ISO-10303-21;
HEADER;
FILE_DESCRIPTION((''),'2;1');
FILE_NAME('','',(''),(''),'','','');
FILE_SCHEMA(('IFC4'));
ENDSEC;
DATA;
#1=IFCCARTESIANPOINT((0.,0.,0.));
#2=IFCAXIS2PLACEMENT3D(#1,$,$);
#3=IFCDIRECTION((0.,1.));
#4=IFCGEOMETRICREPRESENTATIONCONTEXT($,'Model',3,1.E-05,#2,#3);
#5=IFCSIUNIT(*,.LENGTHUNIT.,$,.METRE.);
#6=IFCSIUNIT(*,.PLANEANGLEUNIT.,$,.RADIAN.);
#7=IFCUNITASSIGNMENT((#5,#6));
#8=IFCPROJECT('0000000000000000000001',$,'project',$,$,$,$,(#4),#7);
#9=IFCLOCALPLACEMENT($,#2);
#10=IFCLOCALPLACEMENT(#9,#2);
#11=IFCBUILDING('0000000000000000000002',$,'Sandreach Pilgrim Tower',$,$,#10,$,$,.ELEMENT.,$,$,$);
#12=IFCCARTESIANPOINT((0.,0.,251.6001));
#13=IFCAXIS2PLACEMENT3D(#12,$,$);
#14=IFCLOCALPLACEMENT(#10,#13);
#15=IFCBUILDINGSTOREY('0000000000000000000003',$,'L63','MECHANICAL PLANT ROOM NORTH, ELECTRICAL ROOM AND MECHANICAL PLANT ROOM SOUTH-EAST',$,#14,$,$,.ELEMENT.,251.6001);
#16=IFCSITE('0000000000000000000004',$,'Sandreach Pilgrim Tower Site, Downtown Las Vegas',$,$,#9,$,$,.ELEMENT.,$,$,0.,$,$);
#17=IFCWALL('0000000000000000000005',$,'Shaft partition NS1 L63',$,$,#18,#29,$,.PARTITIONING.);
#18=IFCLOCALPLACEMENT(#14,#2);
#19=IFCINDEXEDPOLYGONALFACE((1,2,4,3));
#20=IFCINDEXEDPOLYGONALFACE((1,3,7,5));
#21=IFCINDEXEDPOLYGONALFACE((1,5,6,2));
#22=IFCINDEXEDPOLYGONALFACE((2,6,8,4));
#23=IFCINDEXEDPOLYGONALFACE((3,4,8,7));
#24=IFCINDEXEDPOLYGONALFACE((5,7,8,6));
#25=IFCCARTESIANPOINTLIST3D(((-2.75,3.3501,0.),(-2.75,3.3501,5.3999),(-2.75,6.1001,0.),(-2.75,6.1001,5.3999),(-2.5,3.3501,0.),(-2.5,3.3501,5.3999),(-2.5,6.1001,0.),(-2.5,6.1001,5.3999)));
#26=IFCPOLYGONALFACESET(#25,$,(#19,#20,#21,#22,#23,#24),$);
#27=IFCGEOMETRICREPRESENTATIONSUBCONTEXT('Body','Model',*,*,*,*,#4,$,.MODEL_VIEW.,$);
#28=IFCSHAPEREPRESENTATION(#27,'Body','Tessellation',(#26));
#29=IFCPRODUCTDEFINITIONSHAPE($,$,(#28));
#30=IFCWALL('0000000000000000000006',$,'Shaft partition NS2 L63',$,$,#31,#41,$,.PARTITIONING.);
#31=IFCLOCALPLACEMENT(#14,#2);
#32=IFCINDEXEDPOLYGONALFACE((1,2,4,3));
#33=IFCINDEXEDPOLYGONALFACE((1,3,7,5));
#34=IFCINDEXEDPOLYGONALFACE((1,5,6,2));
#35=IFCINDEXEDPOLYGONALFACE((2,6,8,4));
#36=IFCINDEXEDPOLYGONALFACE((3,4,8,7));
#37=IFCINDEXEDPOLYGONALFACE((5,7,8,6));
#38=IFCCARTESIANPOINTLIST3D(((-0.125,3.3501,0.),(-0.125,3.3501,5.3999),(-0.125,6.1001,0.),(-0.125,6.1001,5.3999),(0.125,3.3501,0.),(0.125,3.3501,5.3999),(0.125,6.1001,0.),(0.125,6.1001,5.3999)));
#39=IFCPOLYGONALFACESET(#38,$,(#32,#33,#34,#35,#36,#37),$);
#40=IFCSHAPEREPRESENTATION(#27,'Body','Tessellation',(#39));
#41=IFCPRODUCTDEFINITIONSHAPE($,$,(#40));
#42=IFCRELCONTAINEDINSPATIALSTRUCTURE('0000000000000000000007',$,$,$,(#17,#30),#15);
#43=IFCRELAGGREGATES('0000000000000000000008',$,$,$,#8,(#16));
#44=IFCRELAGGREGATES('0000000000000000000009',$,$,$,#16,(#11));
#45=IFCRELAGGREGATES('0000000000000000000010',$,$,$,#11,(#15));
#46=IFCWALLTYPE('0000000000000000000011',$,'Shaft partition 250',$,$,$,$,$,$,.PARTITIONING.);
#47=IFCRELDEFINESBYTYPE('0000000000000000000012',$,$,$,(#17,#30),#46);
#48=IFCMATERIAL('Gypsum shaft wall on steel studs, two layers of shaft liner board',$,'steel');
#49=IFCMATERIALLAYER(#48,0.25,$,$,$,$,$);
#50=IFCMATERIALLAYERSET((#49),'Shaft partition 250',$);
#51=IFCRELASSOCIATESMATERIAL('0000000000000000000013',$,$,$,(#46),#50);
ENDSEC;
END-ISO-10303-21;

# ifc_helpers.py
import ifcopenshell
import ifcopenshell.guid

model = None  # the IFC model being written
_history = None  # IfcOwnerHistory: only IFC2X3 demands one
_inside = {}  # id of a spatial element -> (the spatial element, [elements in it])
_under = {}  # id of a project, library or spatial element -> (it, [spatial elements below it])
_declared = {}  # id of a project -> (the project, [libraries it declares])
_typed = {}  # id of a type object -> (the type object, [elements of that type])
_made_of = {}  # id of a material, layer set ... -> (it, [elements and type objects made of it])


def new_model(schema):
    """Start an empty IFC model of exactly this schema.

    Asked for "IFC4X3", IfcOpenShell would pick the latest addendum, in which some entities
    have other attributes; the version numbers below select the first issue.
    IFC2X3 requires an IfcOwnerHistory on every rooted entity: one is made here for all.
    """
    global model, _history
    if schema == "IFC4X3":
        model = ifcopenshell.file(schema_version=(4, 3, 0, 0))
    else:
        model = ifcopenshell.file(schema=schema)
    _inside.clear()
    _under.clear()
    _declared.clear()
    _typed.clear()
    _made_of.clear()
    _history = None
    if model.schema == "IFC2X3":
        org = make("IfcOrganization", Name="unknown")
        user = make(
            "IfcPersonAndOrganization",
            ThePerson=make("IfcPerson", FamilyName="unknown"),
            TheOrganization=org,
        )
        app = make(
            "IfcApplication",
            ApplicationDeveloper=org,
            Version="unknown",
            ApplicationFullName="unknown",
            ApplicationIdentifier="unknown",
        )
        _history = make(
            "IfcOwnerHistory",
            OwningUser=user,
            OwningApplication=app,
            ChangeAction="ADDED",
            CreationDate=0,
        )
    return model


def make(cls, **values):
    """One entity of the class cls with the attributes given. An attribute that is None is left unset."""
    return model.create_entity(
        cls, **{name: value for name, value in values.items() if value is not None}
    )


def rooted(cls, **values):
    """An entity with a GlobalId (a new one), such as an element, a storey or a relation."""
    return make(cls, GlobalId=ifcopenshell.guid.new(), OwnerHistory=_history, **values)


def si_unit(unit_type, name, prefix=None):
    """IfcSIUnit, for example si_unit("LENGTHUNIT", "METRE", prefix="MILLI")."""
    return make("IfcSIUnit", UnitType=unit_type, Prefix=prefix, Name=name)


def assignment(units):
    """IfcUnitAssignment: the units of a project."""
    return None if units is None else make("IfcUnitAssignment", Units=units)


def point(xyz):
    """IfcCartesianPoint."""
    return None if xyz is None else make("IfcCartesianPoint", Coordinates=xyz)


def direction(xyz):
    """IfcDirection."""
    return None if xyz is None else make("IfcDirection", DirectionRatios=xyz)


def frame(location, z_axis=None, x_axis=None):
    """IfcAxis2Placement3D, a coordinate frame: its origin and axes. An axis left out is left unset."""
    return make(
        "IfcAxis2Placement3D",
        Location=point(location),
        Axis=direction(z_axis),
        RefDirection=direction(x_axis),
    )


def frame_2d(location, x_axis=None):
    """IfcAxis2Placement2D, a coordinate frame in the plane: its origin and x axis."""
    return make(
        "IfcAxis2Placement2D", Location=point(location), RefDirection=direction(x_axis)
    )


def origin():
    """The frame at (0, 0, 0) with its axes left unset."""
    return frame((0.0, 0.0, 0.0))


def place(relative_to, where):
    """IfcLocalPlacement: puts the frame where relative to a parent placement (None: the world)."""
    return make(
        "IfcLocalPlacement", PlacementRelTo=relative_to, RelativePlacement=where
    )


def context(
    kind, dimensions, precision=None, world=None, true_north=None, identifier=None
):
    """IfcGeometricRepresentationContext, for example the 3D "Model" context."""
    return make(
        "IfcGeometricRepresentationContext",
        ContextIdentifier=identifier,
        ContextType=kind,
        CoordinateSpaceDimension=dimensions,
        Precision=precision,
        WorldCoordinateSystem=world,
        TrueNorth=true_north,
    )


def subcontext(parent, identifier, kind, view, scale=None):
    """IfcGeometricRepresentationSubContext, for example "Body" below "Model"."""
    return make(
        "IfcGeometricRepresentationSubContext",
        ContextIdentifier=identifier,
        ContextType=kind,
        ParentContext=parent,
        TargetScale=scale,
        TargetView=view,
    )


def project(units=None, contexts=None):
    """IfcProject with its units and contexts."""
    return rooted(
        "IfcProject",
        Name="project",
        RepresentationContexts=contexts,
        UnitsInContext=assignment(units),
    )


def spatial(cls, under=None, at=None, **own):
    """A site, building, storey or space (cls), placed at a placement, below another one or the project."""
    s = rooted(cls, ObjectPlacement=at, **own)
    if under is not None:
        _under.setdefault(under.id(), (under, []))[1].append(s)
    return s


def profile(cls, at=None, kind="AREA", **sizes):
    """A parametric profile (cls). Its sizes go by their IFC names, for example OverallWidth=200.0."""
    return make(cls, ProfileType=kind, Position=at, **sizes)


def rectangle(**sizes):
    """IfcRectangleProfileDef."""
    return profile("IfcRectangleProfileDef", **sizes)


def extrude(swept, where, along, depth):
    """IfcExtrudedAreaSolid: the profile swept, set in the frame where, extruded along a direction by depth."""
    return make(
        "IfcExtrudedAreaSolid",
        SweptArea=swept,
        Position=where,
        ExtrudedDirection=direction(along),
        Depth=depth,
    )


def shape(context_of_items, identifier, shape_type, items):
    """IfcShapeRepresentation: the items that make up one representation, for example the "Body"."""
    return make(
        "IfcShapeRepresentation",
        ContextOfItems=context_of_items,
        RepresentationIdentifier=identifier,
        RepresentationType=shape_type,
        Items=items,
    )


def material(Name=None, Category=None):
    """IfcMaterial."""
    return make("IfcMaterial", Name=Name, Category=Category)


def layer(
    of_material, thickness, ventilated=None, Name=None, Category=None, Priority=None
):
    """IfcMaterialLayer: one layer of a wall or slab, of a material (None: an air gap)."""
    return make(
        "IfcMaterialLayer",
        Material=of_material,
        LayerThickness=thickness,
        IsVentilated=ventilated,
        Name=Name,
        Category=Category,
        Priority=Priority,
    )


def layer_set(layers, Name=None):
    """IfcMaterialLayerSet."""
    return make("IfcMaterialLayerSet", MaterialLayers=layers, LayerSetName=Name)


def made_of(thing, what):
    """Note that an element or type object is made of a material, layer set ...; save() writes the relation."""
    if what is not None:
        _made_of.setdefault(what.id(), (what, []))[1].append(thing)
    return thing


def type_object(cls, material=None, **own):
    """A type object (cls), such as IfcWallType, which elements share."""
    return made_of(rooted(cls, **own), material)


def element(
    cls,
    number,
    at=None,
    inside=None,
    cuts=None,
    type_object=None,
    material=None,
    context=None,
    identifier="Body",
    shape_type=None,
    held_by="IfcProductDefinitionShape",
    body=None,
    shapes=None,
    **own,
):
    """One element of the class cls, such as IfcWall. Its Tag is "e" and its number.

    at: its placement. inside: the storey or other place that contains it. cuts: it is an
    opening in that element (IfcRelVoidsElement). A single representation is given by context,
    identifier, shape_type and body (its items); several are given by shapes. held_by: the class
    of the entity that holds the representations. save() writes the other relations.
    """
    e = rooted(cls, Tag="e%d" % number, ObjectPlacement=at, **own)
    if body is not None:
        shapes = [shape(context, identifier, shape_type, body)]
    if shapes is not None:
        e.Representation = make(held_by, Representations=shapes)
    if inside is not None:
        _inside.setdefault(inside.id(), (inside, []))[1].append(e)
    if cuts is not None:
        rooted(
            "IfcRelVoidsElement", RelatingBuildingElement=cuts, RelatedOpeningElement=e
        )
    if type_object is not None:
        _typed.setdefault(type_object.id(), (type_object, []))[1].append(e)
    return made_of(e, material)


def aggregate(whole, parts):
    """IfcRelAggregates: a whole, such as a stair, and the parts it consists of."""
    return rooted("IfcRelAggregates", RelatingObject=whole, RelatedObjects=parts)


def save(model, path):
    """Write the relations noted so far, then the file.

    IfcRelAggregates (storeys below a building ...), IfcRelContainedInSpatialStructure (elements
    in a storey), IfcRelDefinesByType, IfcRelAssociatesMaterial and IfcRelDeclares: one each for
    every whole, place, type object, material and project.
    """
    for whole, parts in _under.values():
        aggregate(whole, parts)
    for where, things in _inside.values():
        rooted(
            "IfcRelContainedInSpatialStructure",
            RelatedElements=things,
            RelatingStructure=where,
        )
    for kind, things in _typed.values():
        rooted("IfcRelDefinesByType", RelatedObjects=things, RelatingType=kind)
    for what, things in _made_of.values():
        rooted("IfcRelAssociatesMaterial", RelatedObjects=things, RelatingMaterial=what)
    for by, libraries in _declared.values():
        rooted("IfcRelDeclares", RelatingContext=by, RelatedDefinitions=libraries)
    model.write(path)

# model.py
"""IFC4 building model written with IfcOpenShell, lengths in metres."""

from ifc_helpers import new_model, si_unit, direction, frame, frame_2d, origin, place, context, subcontext, project, spatial, rectangle, extrude, material, layer, layer_set, type_object, element, save


model = new_model("IFC4")

# Units and contexts
model_context = context("Model", 3, precision=1e-05, world=origin(), true_north=direction((0.0, 1.0)))
body_context = subcontext(model_context, "Body", "Model", "MODEL_VIEW")
ifc_project = project(units=[si_unit("LENGTHUNIT", "METRE"), si_unit("PLANEANGLEUNIT", "RADIAN")], contexts=[model_context])

# Site, building, storey
site_placement = place(None, origin())
site = spatial("IfcSite", under=ifc_project, at=site_placement, Name="Sandreach Pilgrim Tower Site, Downtown Las Vegas", CompositionType="ELEMENT", RefElevation=0.0)
building_placement = place(site_placement, origin())
building = spatial("IfcBuilding", under=site, at=building_placement, Name="Sandreach Pilgrim Tower", CompositionType="ELEMENT")
storey_placement = place(building_placement, frame((0.0, 0.0, 251.6001)))
storey = spatial("IfcBuildingStorey", under=building, at=storey_placement, Name="L63", Description="MECHANICAL PLANT ROOM NORTH, ELECTRICAL ROOM AND MECHANICAL PLANT ROOM SOUTH-EAST", CompositionType="ELEMENT", Elevation=251.6001)

# Walls
ifc_material_1 = material(Name="Gypsum shaft wall on steel studs, two layers of shaft liner board", Category="steel")
ifc_layer_1 = layer(ifc_material_1, 0.25)
ifc_layer_set_1 = layer_set([ifc_layer_1], Name="Shaft partition 250")
wall_type_1 = type_object("IfcWallType", Name="Shaft partition 250", PredefinedType="PARTITIONING", material=ifc_layer_set_1)
for number, where, z_axis, x_axis, name in (
    (1, (-2.625, 3.3501, 0.0), (0.0, 0.0, 1.0), (0.0, 1.0, 0.0), "Shaft partition NS1 L63"),
    (2, (0.0, 3.3501, 0.0), (0.0, 0.0, 1.0), (0.0, 1.0, 0.0), "Shaft partition NS2 L63"),
):
    element("IfcWall", number, at=place(storey_placement, frame(where, z_axis=z_axis, x_axis=x_axis)), inside=storey, type_object=wall_type_1, Name=name, PredefinedType="PARTITIONING", context=body_context, shape_type="SweptSolid", body=[
        extrude(rectangle(XDim=2.75, YDim=0.25, at=frame_2d((1.375, 0.0))), origin(), (0.0, 0.0, 1.0), 5.3999),
    ])

save(model, "model.ifc")
